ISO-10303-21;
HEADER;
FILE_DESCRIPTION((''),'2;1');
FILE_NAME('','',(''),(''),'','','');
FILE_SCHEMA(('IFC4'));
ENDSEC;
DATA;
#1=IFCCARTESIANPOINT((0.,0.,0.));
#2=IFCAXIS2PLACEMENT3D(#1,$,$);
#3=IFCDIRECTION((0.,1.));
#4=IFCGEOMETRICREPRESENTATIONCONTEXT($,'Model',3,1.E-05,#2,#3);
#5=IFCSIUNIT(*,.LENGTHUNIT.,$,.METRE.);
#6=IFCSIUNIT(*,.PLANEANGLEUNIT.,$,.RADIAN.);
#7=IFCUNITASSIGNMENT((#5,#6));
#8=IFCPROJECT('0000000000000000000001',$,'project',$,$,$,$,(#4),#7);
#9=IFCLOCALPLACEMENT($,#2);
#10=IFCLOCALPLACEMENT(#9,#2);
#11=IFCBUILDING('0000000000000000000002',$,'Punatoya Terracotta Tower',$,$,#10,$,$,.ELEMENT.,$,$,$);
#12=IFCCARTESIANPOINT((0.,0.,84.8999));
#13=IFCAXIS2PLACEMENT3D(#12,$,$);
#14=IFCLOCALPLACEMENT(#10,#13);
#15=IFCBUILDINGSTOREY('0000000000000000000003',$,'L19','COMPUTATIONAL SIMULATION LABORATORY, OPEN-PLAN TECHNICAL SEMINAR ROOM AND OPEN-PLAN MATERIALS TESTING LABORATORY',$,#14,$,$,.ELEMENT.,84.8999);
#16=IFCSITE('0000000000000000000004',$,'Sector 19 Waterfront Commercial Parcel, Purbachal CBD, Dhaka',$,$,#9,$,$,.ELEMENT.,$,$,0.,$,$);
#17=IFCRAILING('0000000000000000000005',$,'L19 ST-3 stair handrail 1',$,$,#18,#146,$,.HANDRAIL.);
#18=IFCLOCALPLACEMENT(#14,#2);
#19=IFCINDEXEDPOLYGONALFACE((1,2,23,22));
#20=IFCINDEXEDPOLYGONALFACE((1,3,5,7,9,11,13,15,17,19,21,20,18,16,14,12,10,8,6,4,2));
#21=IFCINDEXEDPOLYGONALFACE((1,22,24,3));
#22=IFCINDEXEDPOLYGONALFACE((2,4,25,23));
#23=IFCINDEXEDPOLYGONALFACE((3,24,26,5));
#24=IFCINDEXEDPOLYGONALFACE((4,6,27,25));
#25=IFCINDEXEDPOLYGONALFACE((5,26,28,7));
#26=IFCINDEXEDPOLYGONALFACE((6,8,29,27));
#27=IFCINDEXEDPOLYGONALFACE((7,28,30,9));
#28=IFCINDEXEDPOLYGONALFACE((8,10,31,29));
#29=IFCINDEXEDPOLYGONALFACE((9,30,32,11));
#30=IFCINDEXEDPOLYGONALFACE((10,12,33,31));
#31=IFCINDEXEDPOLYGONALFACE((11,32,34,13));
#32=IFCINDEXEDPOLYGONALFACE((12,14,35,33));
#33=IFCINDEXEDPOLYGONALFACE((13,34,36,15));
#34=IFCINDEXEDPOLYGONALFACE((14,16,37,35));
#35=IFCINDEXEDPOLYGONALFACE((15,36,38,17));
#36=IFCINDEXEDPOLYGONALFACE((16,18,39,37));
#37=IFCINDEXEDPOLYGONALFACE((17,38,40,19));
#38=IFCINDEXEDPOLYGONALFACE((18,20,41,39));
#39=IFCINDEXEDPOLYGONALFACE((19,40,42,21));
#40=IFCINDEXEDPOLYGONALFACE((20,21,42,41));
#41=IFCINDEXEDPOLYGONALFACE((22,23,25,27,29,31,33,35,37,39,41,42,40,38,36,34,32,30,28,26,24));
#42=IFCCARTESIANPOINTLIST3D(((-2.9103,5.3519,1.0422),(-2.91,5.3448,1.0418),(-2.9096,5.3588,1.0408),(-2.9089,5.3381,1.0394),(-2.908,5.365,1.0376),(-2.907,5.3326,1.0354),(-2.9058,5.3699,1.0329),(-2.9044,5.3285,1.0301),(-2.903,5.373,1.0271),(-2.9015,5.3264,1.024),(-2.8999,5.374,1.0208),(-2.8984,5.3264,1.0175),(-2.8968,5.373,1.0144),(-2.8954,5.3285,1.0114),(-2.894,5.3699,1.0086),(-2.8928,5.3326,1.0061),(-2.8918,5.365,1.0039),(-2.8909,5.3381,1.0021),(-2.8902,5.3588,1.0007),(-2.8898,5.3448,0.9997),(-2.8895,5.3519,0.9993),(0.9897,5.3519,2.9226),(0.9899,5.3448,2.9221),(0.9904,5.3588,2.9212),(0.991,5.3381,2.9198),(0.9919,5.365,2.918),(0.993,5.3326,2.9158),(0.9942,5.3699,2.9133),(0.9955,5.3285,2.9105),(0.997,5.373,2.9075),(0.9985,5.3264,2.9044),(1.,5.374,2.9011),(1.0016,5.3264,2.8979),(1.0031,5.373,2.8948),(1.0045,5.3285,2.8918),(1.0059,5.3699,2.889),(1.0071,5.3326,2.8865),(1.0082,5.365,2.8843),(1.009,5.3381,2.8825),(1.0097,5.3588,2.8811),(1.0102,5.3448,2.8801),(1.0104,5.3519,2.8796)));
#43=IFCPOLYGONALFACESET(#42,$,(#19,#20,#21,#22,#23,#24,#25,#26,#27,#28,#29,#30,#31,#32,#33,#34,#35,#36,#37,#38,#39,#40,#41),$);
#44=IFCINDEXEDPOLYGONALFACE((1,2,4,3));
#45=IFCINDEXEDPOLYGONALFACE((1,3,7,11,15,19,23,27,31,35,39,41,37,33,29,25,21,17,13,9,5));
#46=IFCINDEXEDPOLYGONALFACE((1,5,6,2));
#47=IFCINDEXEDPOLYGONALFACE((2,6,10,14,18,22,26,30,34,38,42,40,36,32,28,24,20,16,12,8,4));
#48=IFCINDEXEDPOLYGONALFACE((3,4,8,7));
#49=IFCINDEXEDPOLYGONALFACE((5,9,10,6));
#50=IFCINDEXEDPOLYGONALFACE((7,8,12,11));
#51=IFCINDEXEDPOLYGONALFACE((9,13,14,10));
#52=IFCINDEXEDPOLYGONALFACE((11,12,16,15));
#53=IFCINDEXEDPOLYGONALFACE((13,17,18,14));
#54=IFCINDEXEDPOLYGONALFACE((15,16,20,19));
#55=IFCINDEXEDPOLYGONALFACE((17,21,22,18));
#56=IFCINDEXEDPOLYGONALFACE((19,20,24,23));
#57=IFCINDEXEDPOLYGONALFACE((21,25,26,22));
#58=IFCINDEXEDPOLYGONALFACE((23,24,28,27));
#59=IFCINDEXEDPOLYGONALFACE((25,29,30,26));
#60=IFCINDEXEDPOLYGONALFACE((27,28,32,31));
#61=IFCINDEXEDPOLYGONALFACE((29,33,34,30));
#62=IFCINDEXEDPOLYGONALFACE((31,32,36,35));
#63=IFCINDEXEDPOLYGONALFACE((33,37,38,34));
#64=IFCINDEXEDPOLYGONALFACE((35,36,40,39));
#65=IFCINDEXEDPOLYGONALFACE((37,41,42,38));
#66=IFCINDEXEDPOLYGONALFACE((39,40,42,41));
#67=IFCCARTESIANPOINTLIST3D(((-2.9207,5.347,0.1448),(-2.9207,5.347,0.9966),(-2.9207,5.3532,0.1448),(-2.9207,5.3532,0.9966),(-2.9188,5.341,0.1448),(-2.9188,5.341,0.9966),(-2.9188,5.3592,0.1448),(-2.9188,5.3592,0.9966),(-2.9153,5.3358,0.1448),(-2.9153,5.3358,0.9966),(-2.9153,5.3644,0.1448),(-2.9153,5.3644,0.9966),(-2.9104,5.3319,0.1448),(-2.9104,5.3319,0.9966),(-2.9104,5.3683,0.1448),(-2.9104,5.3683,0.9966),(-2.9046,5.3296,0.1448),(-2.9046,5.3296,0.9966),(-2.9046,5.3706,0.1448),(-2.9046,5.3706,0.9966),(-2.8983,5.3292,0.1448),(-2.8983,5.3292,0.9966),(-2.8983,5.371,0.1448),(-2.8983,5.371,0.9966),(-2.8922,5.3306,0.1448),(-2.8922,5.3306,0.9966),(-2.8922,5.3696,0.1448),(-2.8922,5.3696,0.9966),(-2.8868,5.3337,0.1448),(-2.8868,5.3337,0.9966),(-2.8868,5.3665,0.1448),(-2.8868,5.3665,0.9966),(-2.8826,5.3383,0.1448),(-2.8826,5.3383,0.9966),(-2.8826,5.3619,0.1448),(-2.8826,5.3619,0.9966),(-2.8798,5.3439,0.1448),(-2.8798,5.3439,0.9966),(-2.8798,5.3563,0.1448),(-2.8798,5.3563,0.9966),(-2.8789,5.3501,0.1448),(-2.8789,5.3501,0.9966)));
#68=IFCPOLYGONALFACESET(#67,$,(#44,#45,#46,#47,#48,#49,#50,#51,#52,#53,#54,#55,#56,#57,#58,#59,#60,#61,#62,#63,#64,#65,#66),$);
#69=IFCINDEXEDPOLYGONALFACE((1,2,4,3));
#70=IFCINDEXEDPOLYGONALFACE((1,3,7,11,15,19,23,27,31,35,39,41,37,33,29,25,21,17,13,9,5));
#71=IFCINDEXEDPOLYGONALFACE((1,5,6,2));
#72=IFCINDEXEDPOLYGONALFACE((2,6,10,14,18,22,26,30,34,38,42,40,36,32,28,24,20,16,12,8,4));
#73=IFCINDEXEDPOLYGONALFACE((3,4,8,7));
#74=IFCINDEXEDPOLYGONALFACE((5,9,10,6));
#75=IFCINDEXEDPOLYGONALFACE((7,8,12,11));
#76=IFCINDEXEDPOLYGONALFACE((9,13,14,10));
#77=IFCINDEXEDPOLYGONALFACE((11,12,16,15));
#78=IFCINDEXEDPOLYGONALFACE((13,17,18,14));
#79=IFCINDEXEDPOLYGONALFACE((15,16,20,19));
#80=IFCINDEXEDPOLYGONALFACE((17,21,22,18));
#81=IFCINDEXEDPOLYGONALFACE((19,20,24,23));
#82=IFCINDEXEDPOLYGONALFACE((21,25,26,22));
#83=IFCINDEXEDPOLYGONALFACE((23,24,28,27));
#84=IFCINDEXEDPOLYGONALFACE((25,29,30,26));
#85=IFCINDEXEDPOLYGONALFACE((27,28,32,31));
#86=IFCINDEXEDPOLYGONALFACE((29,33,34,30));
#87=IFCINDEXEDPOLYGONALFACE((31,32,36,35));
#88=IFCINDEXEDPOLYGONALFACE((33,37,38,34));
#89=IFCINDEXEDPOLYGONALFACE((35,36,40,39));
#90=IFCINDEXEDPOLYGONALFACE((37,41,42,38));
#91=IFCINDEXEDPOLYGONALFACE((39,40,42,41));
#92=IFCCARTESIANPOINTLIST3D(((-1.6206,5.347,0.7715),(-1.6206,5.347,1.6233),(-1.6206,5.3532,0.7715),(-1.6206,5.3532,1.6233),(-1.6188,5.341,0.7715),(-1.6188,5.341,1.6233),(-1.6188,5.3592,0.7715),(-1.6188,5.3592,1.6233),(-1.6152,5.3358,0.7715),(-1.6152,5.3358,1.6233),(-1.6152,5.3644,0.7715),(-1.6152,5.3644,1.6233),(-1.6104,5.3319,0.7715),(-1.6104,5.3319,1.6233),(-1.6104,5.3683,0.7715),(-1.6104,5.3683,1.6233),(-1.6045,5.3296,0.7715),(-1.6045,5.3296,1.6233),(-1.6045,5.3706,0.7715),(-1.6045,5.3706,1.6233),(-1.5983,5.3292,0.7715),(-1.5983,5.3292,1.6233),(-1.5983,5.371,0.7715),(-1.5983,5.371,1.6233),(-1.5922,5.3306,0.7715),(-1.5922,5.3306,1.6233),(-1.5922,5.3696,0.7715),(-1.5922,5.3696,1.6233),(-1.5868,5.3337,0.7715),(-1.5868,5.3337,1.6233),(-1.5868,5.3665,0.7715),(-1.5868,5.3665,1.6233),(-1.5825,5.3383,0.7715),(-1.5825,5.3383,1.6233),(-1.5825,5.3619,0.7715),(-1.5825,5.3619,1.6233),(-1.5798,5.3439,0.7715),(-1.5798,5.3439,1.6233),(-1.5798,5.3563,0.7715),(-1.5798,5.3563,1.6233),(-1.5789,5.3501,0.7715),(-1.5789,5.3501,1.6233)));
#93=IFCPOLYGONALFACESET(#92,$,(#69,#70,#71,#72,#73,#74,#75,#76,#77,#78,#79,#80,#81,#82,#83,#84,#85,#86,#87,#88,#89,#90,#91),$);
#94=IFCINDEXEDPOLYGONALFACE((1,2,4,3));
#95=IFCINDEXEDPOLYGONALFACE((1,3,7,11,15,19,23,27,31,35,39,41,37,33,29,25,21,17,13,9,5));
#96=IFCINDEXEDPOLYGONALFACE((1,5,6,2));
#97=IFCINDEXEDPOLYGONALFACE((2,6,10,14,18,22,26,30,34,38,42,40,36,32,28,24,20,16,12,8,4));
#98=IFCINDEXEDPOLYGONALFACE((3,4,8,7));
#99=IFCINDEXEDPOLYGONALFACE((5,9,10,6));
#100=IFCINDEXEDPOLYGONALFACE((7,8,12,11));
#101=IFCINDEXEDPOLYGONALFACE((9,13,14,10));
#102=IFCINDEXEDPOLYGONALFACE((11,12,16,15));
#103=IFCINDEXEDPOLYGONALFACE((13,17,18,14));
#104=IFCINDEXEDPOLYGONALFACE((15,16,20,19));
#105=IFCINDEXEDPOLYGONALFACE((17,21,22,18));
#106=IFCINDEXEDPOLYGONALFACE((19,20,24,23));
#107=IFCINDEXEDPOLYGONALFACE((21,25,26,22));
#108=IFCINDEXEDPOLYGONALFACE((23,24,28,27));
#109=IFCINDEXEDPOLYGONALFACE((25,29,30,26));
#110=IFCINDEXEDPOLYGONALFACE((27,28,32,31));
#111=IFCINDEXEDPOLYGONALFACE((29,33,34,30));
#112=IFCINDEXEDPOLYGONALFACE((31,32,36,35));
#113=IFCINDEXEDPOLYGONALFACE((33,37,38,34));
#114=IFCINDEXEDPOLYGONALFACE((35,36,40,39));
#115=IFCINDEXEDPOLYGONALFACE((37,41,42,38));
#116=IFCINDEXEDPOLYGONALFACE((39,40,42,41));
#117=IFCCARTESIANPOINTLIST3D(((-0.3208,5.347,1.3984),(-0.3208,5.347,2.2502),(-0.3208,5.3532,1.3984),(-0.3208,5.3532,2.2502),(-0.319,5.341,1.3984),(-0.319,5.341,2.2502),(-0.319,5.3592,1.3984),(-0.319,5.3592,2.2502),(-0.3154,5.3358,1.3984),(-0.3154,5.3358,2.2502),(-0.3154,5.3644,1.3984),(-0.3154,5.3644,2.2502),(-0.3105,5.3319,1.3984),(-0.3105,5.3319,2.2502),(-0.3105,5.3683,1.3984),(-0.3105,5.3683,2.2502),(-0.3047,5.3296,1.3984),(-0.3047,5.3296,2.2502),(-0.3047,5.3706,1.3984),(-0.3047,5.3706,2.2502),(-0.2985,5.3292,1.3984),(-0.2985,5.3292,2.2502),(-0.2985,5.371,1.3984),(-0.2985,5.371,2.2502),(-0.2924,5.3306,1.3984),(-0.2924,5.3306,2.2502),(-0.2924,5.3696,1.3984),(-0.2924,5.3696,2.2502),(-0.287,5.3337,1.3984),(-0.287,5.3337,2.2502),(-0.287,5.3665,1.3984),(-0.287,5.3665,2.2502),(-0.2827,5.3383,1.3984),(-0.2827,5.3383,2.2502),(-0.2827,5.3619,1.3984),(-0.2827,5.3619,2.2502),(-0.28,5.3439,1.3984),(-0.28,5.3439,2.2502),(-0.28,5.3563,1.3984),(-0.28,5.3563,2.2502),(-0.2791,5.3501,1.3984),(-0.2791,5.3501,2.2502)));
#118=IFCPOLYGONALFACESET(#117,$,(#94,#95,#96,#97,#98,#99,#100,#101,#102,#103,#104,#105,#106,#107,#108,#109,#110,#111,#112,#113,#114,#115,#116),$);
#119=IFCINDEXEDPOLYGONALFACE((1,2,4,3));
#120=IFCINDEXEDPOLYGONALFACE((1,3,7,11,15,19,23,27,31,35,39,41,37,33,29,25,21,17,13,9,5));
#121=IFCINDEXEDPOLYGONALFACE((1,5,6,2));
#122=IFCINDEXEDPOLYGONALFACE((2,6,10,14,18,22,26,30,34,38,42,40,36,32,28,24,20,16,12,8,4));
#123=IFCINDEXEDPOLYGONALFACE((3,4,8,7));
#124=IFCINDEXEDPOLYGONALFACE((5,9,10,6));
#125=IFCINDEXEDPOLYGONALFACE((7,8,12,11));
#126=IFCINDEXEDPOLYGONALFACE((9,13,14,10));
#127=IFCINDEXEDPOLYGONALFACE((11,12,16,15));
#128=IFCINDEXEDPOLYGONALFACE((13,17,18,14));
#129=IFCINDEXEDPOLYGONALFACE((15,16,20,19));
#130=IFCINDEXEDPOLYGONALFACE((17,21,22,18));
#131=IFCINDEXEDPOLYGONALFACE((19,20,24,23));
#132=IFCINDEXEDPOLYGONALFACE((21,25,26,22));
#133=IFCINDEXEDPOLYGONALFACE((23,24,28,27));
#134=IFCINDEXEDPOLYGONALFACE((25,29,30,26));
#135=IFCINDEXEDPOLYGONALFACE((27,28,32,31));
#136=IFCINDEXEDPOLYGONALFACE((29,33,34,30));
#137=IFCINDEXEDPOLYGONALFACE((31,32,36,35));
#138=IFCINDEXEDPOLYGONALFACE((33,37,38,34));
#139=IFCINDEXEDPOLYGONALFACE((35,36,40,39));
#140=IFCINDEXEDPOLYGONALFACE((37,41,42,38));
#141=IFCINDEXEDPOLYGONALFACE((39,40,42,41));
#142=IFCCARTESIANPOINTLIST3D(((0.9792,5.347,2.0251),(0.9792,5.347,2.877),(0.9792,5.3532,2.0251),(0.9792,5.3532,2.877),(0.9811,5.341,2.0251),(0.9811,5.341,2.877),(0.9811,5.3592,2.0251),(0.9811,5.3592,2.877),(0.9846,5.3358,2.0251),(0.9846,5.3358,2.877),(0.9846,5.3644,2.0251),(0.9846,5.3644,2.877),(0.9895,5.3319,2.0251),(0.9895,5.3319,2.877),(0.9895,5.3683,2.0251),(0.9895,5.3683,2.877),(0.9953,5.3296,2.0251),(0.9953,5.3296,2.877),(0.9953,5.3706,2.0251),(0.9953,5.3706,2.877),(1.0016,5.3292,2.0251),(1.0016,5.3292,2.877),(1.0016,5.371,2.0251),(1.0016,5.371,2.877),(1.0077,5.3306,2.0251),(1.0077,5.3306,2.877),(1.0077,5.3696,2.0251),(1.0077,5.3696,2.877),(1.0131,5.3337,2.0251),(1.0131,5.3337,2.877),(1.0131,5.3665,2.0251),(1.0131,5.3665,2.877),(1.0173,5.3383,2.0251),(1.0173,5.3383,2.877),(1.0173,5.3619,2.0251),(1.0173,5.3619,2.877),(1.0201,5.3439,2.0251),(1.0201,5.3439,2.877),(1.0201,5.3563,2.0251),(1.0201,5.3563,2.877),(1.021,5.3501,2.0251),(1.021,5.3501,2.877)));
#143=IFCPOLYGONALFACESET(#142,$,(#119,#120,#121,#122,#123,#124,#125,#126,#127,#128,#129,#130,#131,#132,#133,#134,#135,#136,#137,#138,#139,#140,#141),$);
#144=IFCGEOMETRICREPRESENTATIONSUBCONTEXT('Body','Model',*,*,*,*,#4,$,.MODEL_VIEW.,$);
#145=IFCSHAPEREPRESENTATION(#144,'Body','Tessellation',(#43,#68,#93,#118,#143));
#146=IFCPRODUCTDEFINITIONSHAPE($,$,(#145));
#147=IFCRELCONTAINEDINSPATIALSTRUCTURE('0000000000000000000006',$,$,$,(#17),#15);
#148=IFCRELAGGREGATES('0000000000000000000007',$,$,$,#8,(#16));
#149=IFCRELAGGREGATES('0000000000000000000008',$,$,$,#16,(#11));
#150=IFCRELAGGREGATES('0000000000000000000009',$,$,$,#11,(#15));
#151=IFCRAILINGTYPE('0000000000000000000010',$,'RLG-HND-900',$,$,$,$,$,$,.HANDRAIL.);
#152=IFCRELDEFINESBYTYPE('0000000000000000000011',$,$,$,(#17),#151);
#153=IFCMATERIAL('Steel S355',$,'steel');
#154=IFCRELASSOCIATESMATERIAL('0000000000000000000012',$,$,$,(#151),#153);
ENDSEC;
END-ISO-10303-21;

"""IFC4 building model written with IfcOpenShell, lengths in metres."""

from ifc_helpers import new_model, si_unit, direction, frame, origin, origin_2d, place, context, subcontext, project, spatial, circle, extrude, material, type_object, element, save


model = new_model("IFC4")

# Units and contexts
model_context = context("Model", 3, precision=1e-05, world=origin(), true_north=direction((0.0, 1.0)))
body_context = subcontext(model_context, "Body", "Model", "MODEL_VIEW")
ifc_project = project(units=[si_unit("LENGTHUNIT", "METRE"), si_unit("PLANEANGLEUNIT", "RADIAN")], contexts=[model_context])

# Site, building, storey
site_placement = place(None, origin())
site = spatial("IfcSite", under=ifc_project, at=site_placement, Name="Sector 19 Waterfront Commercial Parcel, Purbachal CBD, Dhaka", CompositionType="ELEMENT", RefElevation=0.0)
building_placement = place(site_placement, origin())
building = spatial("IfcBuilding", under=site, at=building_placement, Name="Punatoya Terracotta Tower", CompositionType="ELEMENT")
storey_placement = place(building_placement, frame((0.0, 0.0, 84.8999)))
storey = spatial("IfcBuildingStorey", under=building, at=storey_placement, Name="L19", Description="COMPUTATIONAL SIMULATION LABORATORY, OPEN-PLAN TECHNICAL SEMINAR ROOM AND OPEN-PLAN MATERIALS TESTING LABORATORY", CompositionType="ELEMENT", Elevation=84.8999)

# Shared definitions
ifc_material_1 = material(Name="Steel S355", Category="steel")

# Railing
railing_type_1 = type_object("IfcRailingType", Name="RLG-HND-900", PredefinedType="HANDRAIL", material=ifc_material_1)
railing_1_placement = place(storey_placement, frame((-2.8999, 5.3501, 0.1448)))
element("IfcRailing", 1, at=railing_1_placement, inside=storey, type_object=railing_type_1, Name="L19 ST-3 stair handrail 1", PredefinedType="HANDRAIL", context=body_context, shape_type="SweptSolid", body=[
    extrude(circle(Radius=0.0239, at=origin_2d()), frame((0.0, 0.0, 0.876), z_axis=(0.900763, 0.0, 0.434311), x_axis=(0.0, 1.0, 0.0)), (0.0, 0.0, 1.0), 4.3296),
    extrude(circle(Radius=0.021, at=origin_2d()), origin(), (0.0, 0.0, 1.0), 0.8518),
    extrude(circle(Radius=0.021, at=origin_2d()), frame((1.3, 0.0, 0.6267)), (0.0, 0.0, 1.0), 0.8518),
    extrude(circle(Radius=0.021, at=origin_2d()), frame((2.5999, 0.0, 1.2537)), (0.0, 0.0, 1.0), 0.8518),
    extrude(circle(Radius=0.021, at=origin_2d()), frame((3.8999, 0.0, 1.8804)), (0.0, 0.0, 1.0), 0.8518),
])

save(model, "model.ifc")
